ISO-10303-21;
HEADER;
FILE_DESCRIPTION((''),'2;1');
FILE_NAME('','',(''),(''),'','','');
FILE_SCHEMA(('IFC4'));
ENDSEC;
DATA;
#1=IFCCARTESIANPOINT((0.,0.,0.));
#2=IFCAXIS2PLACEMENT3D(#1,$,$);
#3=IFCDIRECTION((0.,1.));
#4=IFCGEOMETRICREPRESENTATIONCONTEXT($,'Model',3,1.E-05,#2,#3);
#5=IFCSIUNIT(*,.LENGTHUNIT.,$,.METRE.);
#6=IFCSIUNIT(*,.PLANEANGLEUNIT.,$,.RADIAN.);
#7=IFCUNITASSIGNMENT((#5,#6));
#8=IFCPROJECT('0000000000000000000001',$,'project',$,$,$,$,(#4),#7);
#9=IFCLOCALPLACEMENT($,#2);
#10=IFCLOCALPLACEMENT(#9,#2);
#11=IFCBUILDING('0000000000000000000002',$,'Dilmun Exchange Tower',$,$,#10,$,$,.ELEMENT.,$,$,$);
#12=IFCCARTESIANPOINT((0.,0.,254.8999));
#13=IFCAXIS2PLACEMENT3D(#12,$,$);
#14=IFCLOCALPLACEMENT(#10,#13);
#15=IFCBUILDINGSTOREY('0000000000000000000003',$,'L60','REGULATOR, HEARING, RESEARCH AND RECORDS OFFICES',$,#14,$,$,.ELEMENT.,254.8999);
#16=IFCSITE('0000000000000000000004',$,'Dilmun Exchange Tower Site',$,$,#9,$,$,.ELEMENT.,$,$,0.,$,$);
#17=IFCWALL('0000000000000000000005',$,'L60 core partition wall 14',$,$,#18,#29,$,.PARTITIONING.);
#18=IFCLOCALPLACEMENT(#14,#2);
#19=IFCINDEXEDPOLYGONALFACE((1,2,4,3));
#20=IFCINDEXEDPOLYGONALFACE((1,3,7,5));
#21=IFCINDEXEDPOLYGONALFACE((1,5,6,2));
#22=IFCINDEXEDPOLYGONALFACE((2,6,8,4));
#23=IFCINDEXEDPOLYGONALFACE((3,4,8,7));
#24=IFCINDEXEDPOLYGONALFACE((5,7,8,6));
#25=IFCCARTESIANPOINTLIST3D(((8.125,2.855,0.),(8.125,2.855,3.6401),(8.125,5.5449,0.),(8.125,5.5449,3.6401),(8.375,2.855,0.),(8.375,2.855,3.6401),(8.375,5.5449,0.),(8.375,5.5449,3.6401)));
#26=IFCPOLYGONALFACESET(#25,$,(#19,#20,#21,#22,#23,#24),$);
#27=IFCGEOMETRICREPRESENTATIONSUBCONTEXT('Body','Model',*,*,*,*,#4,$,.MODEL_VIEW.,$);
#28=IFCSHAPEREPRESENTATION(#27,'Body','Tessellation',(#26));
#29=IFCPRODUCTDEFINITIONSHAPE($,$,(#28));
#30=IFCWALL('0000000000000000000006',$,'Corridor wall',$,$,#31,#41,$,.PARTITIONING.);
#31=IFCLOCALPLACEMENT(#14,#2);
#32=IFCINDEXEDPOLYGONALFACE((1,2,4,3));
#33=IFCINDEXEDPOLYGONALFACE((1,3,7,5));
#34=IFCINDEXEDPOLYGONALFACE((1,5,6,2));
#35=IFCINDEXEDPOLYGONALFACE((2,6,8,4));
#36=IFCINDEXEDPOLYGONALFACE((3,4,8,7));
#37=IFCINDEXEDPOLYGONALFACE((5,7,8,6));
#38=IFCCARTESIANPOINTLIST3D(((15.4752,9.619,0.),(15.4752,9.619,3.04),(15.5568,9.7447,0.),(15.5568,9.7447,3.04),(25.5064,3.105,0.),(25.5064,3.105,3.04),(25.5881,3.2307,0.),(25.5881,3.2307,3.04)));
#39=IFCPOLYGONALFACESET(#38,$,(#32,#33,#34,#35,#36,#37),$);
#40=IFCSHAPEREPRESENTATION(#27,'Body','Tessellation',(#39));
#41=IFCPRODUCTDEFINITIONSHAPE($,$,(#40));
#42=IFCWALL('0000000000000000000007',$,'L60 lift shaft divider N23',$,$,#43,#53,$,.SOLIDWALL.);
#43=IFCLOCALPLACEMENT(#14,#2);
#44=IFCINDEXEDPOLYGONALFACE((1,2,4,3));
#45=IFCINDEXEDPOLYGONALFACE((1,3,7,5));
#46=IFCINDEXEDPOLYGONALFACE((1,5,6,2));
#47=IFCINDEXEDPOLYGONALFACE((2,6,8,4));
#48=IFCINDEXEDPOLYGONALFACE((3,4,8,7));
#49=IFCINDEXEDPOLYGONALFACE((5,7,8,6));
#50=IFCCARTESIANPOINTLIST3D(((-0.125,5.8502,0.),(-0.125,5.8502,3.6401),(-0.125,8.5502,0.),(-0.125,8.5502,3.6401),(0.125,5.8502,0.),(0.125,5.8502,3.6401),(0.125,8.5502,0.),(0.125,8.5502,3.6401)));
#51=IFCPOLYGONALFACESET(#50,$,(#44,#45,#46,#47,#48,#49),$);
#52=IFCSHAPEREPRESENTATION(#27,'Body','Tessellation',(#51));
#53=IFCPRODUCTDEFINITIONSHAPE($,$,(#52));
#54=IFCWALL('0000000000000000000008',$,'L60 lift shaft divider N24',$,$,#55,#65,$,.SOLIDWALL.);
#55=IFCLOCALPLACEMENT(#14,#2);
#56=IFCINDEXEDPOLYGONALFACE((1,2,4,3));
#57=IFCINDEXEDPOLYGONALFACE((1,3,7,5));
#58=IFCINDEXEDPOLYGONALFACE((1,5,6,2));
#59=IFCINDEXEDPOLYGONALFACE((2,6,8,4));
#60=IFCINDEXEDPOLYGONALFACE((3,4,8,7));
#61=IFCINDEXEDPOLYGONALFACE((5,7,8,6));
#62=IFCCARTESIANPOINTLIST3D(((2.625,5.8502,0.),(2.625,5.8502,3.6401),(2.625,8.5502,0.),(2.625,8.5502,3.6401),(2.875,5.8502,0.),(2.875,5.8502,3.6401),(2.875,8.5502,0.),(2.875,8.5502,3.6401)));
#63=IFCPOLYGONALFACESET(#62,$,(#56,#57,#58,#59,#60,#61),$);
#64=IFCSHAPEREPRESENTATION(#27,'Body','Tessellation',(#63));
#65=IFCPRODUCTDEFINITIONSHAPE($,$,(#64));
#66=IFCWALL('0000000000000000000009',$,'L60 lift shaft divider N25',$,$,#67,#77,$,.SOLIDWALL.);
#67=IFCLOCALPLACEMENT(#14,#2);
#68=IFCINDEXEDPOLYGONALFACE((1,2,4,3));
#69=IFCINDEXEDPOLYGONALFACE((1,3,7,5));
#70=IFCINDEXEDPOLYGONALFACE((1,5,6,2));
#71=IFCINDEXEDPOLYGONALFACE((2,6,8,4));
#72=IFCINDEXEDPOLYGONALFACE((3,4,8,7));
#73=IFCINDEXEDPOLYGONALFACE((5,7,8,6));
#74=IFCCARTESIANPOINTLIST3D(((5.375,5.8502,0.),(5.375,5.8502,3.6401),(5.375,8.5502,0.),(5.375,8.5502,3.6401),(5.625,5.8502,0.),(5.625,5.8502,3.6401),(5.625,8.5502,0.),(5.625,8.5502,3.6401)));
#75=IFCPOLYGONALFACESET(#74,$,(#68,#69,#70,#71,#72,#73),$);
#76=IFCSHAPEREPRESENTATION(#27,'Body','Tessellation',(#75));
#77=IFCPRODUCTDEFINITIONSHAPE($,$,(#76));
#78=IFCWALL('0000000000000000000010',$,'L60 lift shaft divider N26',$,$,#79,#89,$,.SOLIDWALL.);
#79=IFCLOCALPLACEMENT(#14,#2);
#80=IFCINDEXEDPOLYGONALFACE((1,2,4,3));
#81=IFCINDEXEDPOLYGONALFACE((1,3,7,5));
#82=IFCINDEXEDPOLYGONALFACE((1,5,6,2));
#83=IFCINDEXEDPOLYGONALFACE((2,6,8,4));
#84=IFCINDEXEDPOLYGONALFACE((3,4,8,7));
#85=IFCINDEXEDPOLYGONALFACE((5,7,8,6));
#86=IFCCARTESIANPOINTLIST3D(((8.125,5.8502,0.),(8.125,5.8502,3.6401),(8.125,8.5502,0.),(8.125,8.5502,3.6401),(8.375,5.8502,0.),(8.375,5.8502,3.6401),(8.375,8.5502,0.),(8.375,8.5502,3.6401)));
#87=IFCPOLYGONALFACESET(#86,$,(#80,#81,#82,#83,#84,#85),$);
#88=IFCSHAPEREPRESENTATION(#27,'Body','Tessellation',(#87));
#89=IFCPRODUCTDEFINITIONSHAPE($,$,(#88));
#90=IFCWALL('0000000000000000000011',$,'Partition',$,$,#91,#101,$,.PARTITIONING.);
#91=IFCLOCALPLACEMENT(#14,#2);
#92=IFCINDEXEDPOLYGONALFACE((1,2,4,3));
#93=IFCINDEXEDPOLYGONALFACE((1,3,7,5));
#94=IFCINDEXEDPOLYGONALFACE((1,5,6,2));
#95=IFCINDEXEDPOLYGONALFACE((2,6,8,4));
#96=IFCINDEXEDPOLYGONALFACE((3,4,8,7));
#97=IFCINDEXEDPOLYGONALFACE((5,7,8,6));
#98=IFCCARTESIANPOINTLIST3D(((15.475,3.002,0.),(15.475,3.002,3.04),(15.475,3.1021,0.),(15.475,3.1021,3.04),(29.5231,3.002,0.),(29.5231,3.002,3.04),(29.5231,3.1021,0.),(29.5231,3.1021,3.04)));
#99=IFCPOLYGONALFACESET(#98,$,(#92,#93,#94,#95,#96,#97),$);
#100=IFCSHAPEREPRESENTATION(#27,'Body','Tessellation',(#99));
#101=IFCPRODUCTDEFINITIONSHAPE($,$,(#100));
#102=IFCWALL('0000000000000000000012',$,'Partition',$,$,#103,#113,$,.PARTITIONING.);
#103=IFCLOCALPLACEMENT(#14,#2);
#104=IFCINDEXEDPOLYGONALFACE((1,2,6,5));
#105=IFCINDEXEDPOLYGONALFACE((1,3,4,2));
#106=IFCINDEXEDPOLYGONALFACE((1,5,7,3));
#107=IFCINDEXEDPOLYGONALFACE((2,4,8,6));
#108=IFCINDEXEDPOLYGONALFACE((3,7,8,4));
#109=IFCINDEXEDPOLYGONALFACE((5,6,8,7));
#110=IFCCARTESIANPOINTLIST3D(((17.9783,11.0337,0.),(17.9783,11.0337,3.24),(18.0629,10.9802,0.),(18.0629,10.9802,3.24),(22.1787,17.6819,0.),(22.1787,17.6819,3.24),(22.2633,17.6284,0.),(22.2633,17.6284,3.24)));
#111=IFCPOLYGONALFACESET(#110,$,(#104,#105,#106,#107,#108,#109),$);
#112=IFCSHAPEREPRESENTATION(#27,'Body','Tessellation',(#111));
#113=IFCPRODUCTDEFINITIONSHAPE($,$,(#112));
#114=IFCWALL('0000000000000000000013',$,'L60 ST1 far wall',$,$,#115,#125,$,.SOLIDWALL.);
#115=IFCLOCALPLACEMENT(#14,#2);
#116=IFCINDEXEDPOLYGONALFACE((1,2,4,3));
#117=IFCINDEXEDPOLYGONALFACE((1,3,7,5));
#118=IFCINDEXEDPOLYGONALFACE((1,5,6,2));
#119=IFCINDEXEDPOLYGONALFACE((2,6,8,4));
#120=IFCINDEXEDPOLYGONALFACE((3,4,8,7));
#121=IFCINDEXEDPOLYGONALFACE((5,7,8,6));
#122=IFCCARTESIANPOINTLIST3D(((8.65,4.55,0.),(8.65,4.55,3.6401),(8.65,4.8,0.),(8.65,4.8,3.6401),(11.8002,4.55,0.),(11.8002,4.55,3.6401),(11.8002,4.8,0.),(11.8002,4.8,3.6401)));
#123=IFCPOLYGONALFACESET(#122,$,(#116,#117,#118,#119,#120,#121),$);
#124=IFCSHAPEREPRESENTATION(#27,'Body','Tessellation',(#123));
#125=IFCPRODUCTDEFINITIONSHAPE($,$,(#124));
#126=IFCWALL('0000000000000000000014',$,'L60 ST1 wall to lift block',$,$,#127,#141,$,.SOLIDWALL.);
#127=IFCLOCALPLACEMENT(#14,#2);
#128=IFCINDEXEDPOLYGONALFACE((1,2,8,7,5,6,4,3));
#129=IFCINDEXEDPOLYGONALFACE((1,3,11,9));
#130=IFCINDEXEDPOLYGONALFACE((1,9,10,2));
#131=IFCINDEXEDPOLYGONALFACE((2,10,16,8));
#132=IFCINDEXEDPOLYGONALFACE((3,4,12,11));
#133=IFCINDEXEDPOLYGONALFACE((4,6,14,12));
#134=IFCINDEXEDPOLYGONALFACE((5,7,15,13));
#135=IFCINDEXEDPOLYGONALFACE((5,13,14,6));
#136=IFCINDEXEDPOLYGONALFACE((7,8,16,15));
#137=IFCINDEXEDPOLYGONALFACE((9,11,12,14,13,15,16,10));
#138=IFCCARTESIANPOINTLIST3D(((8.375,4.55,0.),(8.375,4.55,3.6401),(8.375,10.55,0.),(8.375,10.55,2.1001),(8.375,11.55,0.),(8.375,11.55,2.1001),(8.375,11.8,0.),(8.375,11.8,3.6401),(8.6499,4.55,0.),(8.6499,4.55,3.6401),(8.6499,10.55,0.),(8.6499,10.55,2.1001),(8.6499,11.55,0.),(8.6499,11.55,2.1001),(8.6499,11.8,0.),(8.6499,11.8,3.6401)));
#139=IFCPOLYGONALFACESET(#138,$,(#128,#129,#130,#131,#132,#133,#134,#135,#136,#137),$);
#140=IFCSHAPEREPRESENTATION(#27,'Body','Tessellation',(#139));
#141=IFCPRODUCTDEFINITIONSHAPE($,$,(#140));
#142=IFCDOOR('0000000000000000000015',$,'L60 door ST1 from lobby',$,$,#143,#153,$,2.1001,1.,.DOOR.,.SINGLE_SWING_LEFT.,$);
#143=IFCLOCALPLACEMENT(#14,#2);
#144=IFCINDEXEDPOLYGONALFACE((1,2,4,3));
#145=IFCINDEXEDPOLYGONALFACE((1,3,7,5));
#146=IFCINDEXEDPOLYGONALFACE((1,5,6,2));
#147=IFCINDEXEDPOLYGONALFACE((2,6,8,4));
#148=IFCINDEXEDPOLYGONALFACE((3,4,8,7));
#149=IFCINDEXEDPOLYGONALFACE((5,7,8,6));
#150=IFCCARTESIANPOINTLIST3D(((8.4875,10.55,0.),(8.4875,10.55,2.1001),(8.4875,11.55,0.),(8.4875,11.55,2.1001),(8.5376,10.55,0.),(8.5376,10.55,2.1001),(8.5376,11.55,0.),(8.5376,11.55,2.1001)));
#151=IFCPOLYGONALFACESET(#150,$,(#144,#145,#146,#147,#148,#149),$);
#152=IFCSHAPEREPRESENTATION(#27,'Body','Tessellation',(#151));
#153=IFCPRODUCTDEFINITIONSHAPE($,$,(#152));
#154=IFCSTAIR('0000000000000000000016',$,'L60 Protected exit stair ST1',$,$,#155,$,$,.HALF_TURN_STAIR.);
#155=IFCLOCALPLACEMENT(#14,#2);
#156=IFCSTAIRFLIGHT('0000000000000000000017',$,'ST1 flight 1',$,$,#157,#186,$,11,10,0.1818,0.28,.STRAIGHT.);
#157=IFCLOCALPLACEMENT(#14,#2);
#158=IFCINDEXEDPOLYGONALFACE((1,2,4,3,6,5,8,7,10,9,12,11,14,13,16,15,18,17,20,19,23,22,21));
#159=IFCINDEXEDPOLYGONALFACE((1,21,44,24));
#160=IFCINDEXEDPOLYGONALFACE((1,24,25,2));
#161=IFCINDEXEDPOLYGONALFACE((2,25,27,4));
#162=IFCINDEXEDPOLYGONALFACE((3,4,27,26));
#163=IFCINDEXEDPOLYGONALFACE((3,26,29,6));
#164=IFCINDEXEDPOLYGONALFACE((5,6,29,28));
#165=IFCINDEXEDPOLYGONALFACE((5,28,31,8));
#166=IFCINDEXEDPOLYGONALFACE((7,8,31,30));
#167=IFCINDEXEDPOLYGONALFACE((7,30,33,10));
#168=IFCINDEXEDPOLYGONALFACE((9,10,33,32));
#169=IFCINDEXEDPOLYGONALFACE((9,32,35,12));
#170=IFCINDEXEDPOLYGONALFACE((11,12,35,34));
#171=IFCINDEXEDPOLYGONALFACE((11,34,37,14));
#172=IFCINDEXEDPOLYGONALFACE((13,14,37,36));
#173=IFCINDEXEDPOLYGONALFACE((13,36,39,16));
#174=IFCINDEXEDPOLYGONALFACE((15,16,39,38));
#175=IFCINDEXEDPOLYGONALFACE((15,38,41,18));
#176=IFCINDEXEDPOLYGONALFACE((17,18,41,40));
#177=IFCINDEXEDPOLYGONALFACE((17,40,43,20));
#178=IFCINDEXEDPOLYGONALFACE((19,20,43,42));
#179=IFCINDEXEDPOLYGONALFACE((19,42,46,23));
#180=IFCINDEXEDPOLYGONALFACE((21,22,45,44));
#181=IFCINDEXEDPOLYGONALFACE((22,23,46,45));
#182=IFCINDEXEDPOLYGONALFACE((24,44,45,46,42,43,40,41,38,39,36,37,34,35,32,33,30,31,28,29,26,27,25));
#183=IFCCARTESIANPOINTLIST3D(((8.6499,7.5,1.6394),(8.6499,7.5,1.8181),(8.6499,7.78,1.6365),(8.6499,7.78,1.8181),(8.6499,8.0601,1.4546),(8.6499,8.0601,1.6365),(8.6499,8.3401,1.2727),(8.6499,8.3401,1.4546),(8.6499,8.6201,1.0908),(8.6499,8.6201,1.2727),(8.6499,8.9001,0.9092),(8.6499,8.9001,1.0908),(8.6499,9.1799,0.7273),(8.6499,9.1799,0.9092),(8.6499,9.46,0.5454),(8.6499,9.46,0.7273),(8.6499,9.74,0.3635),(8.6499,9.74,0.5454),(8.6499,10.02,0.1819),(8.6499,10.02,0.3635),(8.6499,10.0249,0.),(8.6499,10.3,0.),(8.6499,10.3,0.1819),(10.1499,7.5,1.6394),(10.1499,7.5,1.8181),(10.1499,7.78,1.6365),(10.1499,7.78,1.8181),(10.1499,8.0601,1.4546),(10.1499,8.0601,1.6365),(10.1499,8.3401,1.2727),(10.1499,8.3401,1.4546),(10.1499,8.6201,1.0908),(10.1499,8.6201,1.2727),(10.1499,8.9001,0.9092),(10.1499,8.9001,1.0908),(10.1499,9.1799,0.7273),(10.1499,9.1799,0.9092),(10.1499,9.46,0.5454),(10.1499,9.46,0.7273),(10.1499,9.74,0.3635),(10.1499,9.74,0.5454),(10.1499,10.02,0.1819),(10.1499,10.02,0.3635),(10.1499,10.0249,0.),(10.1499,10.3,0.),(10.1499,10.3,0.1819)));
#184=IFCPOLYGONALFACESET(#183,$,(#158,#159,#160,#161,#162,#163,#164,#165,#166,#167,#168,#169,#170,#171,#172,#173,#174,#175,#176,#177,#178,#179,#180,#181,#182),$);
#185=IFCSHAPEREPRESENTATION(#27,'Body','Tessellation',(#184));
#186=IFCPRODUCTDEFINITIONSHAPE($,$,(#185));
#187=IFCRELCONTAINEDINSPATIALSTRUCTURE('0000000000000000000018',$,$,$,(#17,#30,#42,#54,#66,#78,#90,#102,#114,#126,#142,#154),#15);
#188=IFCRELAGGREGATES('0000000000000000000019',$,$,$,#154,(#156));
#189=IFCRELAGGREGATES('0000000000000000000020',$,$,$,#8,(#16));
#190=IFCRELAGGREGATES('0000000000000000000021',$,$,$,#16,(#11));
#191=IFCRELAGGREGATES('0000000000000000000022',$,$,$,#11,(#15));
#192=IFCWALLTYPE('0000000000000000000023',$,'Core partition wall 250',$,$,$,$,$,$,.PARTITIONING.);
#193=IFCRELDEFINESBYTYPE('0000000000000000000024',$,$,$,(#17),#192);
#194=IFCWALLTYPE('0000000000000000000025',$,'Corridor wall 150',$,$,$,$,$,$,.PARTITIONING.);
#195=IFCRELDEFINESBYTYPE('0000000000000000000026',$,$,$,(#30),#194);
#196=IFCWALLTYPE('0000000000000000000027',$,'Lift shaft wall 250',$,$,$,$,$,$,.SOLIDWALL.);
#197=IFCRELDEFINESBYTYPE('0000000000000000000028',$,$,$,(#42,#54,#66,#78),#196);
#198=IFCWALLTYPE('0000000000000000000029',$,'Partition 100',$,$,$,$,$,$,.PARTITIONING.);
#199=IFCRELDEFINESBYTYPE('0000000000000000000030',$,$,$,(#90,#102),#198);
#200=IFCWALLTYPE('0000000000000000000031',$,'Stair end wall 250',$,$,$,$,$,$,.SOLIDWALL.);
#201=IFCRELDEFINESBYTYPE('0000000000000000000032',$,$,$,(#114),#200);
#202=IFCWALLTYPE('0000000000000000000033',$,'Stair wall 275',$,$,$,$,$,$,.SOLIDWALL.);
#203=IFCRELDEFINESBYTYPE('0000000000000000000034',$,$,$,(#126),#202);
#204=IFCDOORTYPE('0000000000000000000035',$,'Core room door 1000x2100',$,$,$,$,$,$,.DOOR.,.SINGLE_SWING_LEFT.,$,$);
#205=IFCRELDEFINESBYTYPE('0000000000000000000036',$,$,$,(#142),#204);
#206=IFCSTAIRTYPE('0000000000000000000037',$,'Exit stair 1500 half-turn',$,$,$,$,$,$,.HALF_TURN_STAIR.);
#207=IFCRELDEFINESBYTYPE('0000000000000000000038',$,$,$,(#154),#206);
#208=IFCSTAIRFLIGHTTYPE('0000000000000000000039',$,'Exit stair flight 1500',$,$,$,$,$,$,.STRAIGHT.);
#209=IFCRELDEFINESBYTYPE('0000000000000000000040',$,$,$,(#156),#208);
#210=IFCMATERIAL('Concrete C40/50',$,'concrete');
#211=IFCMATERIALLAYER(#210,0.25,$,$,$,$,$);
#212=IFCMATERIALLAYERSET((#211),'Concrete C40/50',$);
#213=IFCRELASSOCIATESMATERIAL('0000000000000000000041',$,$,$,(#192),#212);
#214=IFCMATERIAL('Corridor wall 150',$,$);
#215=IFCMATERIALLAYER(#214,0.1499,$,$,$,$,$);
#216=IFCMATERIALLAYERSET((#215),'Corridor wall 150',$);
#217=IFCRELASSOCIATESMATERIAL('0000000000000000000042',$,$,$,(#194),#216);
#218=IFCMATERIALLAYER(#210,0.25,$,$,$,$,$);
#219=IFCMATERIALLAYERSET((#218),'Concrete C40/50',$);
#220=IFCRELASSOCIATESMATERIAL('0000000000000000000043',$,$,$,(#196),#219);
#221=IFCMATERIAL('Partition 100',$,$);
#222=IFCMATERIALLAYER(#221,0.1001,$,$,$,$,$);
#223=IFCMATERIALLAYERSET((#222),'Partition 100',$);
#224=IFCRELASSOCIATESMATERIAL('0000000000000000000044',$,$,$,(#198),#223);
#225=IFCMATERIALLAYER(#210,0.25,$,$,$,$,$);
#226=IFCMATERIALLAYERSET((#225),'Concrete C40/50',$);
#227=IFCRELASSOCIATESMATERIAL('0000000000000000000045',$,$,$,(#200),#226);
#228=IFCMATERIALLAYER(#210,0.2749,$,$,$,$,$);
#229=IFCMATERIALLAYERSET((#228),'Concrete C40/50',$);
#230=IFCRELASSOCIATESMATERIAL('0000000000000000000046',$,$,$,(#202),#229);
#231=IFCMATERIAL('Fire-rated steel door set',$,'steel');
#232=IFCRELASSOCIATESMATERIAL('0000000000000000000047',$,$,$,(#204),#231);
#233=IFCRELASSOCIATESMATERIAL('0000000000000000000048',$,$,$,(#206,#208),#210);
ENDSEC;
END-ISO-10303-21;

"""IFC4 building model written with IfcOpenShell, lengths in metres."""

from ifc_helpers import new_model, si_unit, direction, frame, frame_2d, origin, place, context, subcontext, project, spatial, polyline, rectangle, outline, extrude, material, layer, layer_set, type_object, element, fill, aggregate, save


model = new_model("IFC4")

# Units and contexts
model_context = context("Model", 3, precision=1e-05, world=origin(), true_north=direction((0.0, 1.0)))
body_context = subcontext(model_context, "Body", "Model", "MODEL_VIEW")
ifc_project = project(units=[si_unit("LENGTHUNIT", "METRE"), si_unit("PLANEANGLEUNIT", "RADIAN")], contexts=[model_context])

# Site, building, storey
site_placement = place(None, origin())
site = spatial("IfcSite", under=ifc_project, at=site_placement, Name="Dilmun Exchange Tower Site", CompositionType="ELEMENT", RefElevation=0.0)
building_placement = place(site_placement, origin())
building = spatial("IfcBuilding", under=site, at=building_placement, Name="Dilmun Exchange Tower", CompositionType="ELEMENT")
storey_placement = place(building_placement, frame((0.0, 0.0, 254.8999)))
storey = spatial("IfcBuildingStorey", under=building, at=storey_placement, Name="L60", Description="REGULATOR, HEARING, RESEARCH AND RECORDS OFFICES", CompositionType="ELEMENT", Elevation=254.8999)

# Walls
ifc_material_1 = material(Name="Concrete C40/50", Category="concrete")
ifc_layer_1 = layer(ifc_material_1, 0.25)
ifc_layer_set_1 = layer_set([ifc_layer_1], Name="Concrete C40/50")
wall_type_1 = type_object("IfcWallType", Name="Core partition wall 250", PredefinedType="PARTITIONING", material=ifc_layer_set_1)
wall_1_placement = place(storey_placement, frame((8.25, 2.855, 0.0), z_axis=(0.0, 0.0, 1.0), x_axis=(0.0, 1.0, 0.0)))
element("IfcWall", 1, at=wall_1_placement, inside=storey, type_object=wall_type_1, Name="L60 core partition wall 14", PredefinedType="PARTITIONING", context=body_context, shape_type="SweptSolid", body=[
    extrude(rectangle(XDim=2.6899, YDim=0.25, at=frame_2d((1.345, 0.0))), origin(), (0.0, 0.0, 1.0), 3.6401),
])
ifc_material_2 = material(Name="Corridor wall 150")
ifc_layer_2 = layer(ifc_material_2, 0.1499)
ifc_layer_set_2 = layer_set([ifc_layer_2], Name="Corridor wall 150")
wall_type_2 = type_object("IfcWallType", Name="Corridor wall 150", PredefinedType="PARTITIONING", material=ifc_layer_set_2)
wall_2_placement = place(storey_placement, frame((15.5159, 9.6819, 0.0), z_axis=(0.0, 0.0, 1.0), x_axis=(0.838688, -0.544612, 0.0)))
element("IfcWall", 2, at=wall_2_placement, inside=storey, type_object=wall_type_2, Name="Corridor wall", PredefinedType="PARTITIONING", context=body_context, shape_type="SweptSolid", body=[
    extrude(rectangle(XDim=11.9607, YDim=0.1499, at=frame_2d((5.9805, 0.0))), origin(), (0.0, 0.0, 1.0), 3.04),
])
ifc_layer_3 = layer(ifc_material_1, 0.25)
ifc_layer_set_3 = layer_set([ifc_layer_3], Name="Concrete C40/50")
wall_type_3 = type_object("IfcWallType", Name="Lift shaft wall 250", PredefinedType="SOLIDWALL", material=ifc_layer_set_3)
for number, where, z_axis, x_axis, name in (
    (3, (0.0, 5.8501, 0.0), (0.0, 0.0, 1.0), (0.0, 1.0, 0.0), "L60 lift shaft divider N23"),
    (4, (2.75, 5.8501, 0.0), (0.0, 0.0, 1.0), (0.0, 1.0, 0.0), "L60 lift shaft divider N24"),
    (5, (5.5, 5.8501, 0.0), (0.0, 0.0, 1.0), (0.0, 1.0, 0.0), "L60 lift shaft divider N25"),
    (6, (8.25, 5.8501, 0.0), (0.0, 0.0, 1.0), (0.0, 1.0, 0.0), "L60 lift shaft divider N26"),
):
    element("IfcWall", number, at=place(storey_placement, frame(where, z_axis=z_axis, x_axis=x_axis)), inside=storey, type_object=wall_type_3, Name=name, PredefinedType="SOLIDWALL", context=body_context, shape_type="SweptSolid", body=[
        extrude(rectangle(XDim=2.7, YDim=0.25, at=frame_2d((1.3501, 0.0))), origin(), (0.0, 0.0, 1.0), 3.6401),
    ])
ifc_material_3 = material(Name="Partition 100")
ifc_layer_4 = layer(ifc_material_3, 0.1001)
ifc_layer_set_4 = layer_set([ifc_layer_4], Name="Partition 100")
wall_type_4 = type_object("IfcWallType", Name="Partition 100", PredefinedType="PARTITIONING", material=ifc_layer_set_4)
wall_3_placement = place(storey_placement, frame((15.4751, 3.052, 0.0), z_axis=(0.0, 0.0, 1.0), x_axis=(1.0, 0.0, 0.0)))
element("IfcWall", 7, at=wall_3_placement, inside=storey, type_object=wall_type_4, Name="Partition", PredefinedType="PARTITIONING", context=body_context, shape_type="SweptSolid", body=[
    extrude(rectangle(XDim=14.0481, YDim=0.1001, at=frame_2d((7.0239, 0.0))), origin(), (0.0, 0.0, 1.0), 3.04),
])
wall_4_placement = place(storey_placement, frame((18.0205, 11.0068, 0.0), z_axis=(0.0, 0.0, 1.0), x_axis=(0.534137, 0.845398, 0.0)))
element("IfcWall", 8, at=wall_4_placement, inside=storey, type_object=wall_type_4, Name="Partition", PredefinedType="PARTITIONING", context=body_context, shape_type="SweptSolid", body=[
    extrude(rectangle(XDim=7.864, YDim=0.1001, at=frame_2d((3.9321, 0.0))), origin(), (0.0, 0.0, 1.0), 3.24),
])
ifc_layer_5 = layer(ifc_material_1, 0.25)
ifc_layer_set_5 = layer_set([ifc_layer_5], Name="Concrete C40/50")
wall_type_5 = type_object("IfcWallType", Name="Stair end wall 250", PredefinedType="SOLIDWALL", material=ifc_layer_set_5)
wall_5_placement = place(storey_placement, frame((8.6499, 4.675, 0.0), z_axis=(0.0, 0.0, 1.0), x_axis=(1.0, 0.0, 0.0)))
element("IfcWall", 9, at=wall_5_placement, inside=storey, type_object=wall_type_5, Name="L60 ST1 far wall", PredefinedType="SOLIDWALL", context=body_context, shape_type="SweptSolid", body=[
    extrude(rectangle(XDim=3.1501, YDim=0.25, at=frame_2d((1.5752, 0.0))), origin(), (0.0, 0.0, 1.0), 3.6401),
])

# Wall, opening, door
ifc_layer_6 = layer(ifc_material_1, 0.2749)
ifc_layer_set_6 = layer_set([ifc_layer_6], Name="Concrete C40/50")
wall_type_6 = type_object("IfcWallType", Name="Stair wall 275", PredefinedType="SOLIDWALL", material=ifc_layer_set_6)
wall_6_placement = place(storey_placement, frame((8.5125, 4.55, 0.0), z_axis=(0.0, 0.0, 1.0), x_axis=(0.0, 1.0, 0.0)))
wall_6 = element("IfcWall", 10, at=wall_6_placement, inside=storey, type_object=wall_type_6, Name="L60 ST1 wall to lift block", PredefinedType="SOLIDWALL", context=body_context, shape_type="SweptSolid", body=[
    extrude(rectangle(XDim=7.25, YDim=0.2749, at=frame_2d((3.625, 0.0))), origin(), (0.0, 0.0, 1.0), 3.6401),
])
opening_placement = place(wall_6_placement, frame((6.0, 0.0, 0.0)))
opening = element("IfcOpeningElement", 11, at=opening_placement, cuts=wall_6, PredefinedType="OPENING", context=body_context, shape_type="SweptSolid", body=[
    extrude(rectangle(XDim=1.0, YDim=2.1001, at=frame_2d((0.5, 1.05))), frame((0.0, 0.1475, 0.0), z_axis=(0.0, -1.0, 0.0), x_axis=(1.0, 0.0, 0.0)), (0.0, 0.0, 1.0), 0.2949),
])
ifc_material_4 = material(Name="Fire-rated steel door set", Category="steel")
door_type = type_object("IfcDoorType", Name="Core room door 1000x2100", OperationType="SINGLE_SWING_LEFT", PredefinedType="DOOR", material=ifc_material_4)
door_placement = place(opening_placement, origin())
door = element("IfcDoor", 12, at=door_placement, inside=storey, type_object=door_type, Name="L60 door ST1 from lobby", OperationType="SINGLE_SWING_LEFT", OverallHeight=2.1001, OverallWidth=1.0, PredefinedType="DOOR", context=body_context, shape_type="SweptSolid", body=[
    extrude(rectangle(XDim=1.0, YDim=2.1001, at=frame_2d((0.5, 1.05))), frame((0.0, 0.0249, 0.0), z_axis=(0.0, -1.0, 0.0), x_axis=(1.0, 0.0, 0.0)), (0.0, 0.0, 1.0), 0.05),
])
fill(opening, door)

# Stair, stair flight
stair_type = type_object("IfcStairType", Name="Exit stair 1500 half-turn", PredefinedType="HALF_TURN_STAIR", material=ifc_material_1)
stair_placement = place(storey_placement, origin())
stair = element("IfcStair", 13, at=stair_placement, inside=storey, type_object=stair_type, Name="L60 Protected exit stair ST1", PredefinedType="HALF_TURN_STAIR")
stair_flight_type = type_object("IfcStairFlightType", Name="Exit stair flight 1500", PredefinedType="STRAIGHT", material=ifc_material_1)
stair_flight_1_placement = place(storey_placement, frame((9.3999, 10.3, 0.0), z_axis=(0.0, 0.0, 1.0), x_axis=(0.0, -1.0, 0.0)))
stair_flight_1 = element("IfcStairFlight", 14, at=stair_flight_1_placement, type_object=stair_flight_type, Name="ST1 flight 1", NumberOfRisers=11, NumberOfTreads=10, PredefinedType="STRAIGHT", RiserHeight=0.1818, TreadLength=0.28, context=body_context, shape_type="SweptSolid", body=[
    extrude(outline(polyline([(0.0, 0.0), (0.0, 0.1819), (0.28, 0.1819), (0.28, 0.3635), (0.5601, 0.3635), (0.5601, 0.5454), (0.8401, 0.5454), (0.8401, 0.7273), (1.1201, 0.7273), (1.1201, 0.9092), (1.3999, 0.9092), (1.3999, 1.0908), (1.6799, 1.0908), (1.6799, 1.2727), (1.96, 1.2727), (1.96, 1.4546), (2.24, 1.4546), (2.24, 1.6365), (2.52, 1.6365), (2.52, 1.8181), (2.8, 1.8181), (2.8, 2.0), (2.8, 1.6394), (0.2751, 0.0), (0.0, 0.0)])), frame((0.0, 0.75, 0.0), z_axis=(0.0, -1.0, 0.0), x_axis=(1.0, 0.0, 0.0)), (0.0, 0.0, 1.0), 1.5),
])
aggregate(stair, [stair_flight_1])

save(model, "model.ifc")
